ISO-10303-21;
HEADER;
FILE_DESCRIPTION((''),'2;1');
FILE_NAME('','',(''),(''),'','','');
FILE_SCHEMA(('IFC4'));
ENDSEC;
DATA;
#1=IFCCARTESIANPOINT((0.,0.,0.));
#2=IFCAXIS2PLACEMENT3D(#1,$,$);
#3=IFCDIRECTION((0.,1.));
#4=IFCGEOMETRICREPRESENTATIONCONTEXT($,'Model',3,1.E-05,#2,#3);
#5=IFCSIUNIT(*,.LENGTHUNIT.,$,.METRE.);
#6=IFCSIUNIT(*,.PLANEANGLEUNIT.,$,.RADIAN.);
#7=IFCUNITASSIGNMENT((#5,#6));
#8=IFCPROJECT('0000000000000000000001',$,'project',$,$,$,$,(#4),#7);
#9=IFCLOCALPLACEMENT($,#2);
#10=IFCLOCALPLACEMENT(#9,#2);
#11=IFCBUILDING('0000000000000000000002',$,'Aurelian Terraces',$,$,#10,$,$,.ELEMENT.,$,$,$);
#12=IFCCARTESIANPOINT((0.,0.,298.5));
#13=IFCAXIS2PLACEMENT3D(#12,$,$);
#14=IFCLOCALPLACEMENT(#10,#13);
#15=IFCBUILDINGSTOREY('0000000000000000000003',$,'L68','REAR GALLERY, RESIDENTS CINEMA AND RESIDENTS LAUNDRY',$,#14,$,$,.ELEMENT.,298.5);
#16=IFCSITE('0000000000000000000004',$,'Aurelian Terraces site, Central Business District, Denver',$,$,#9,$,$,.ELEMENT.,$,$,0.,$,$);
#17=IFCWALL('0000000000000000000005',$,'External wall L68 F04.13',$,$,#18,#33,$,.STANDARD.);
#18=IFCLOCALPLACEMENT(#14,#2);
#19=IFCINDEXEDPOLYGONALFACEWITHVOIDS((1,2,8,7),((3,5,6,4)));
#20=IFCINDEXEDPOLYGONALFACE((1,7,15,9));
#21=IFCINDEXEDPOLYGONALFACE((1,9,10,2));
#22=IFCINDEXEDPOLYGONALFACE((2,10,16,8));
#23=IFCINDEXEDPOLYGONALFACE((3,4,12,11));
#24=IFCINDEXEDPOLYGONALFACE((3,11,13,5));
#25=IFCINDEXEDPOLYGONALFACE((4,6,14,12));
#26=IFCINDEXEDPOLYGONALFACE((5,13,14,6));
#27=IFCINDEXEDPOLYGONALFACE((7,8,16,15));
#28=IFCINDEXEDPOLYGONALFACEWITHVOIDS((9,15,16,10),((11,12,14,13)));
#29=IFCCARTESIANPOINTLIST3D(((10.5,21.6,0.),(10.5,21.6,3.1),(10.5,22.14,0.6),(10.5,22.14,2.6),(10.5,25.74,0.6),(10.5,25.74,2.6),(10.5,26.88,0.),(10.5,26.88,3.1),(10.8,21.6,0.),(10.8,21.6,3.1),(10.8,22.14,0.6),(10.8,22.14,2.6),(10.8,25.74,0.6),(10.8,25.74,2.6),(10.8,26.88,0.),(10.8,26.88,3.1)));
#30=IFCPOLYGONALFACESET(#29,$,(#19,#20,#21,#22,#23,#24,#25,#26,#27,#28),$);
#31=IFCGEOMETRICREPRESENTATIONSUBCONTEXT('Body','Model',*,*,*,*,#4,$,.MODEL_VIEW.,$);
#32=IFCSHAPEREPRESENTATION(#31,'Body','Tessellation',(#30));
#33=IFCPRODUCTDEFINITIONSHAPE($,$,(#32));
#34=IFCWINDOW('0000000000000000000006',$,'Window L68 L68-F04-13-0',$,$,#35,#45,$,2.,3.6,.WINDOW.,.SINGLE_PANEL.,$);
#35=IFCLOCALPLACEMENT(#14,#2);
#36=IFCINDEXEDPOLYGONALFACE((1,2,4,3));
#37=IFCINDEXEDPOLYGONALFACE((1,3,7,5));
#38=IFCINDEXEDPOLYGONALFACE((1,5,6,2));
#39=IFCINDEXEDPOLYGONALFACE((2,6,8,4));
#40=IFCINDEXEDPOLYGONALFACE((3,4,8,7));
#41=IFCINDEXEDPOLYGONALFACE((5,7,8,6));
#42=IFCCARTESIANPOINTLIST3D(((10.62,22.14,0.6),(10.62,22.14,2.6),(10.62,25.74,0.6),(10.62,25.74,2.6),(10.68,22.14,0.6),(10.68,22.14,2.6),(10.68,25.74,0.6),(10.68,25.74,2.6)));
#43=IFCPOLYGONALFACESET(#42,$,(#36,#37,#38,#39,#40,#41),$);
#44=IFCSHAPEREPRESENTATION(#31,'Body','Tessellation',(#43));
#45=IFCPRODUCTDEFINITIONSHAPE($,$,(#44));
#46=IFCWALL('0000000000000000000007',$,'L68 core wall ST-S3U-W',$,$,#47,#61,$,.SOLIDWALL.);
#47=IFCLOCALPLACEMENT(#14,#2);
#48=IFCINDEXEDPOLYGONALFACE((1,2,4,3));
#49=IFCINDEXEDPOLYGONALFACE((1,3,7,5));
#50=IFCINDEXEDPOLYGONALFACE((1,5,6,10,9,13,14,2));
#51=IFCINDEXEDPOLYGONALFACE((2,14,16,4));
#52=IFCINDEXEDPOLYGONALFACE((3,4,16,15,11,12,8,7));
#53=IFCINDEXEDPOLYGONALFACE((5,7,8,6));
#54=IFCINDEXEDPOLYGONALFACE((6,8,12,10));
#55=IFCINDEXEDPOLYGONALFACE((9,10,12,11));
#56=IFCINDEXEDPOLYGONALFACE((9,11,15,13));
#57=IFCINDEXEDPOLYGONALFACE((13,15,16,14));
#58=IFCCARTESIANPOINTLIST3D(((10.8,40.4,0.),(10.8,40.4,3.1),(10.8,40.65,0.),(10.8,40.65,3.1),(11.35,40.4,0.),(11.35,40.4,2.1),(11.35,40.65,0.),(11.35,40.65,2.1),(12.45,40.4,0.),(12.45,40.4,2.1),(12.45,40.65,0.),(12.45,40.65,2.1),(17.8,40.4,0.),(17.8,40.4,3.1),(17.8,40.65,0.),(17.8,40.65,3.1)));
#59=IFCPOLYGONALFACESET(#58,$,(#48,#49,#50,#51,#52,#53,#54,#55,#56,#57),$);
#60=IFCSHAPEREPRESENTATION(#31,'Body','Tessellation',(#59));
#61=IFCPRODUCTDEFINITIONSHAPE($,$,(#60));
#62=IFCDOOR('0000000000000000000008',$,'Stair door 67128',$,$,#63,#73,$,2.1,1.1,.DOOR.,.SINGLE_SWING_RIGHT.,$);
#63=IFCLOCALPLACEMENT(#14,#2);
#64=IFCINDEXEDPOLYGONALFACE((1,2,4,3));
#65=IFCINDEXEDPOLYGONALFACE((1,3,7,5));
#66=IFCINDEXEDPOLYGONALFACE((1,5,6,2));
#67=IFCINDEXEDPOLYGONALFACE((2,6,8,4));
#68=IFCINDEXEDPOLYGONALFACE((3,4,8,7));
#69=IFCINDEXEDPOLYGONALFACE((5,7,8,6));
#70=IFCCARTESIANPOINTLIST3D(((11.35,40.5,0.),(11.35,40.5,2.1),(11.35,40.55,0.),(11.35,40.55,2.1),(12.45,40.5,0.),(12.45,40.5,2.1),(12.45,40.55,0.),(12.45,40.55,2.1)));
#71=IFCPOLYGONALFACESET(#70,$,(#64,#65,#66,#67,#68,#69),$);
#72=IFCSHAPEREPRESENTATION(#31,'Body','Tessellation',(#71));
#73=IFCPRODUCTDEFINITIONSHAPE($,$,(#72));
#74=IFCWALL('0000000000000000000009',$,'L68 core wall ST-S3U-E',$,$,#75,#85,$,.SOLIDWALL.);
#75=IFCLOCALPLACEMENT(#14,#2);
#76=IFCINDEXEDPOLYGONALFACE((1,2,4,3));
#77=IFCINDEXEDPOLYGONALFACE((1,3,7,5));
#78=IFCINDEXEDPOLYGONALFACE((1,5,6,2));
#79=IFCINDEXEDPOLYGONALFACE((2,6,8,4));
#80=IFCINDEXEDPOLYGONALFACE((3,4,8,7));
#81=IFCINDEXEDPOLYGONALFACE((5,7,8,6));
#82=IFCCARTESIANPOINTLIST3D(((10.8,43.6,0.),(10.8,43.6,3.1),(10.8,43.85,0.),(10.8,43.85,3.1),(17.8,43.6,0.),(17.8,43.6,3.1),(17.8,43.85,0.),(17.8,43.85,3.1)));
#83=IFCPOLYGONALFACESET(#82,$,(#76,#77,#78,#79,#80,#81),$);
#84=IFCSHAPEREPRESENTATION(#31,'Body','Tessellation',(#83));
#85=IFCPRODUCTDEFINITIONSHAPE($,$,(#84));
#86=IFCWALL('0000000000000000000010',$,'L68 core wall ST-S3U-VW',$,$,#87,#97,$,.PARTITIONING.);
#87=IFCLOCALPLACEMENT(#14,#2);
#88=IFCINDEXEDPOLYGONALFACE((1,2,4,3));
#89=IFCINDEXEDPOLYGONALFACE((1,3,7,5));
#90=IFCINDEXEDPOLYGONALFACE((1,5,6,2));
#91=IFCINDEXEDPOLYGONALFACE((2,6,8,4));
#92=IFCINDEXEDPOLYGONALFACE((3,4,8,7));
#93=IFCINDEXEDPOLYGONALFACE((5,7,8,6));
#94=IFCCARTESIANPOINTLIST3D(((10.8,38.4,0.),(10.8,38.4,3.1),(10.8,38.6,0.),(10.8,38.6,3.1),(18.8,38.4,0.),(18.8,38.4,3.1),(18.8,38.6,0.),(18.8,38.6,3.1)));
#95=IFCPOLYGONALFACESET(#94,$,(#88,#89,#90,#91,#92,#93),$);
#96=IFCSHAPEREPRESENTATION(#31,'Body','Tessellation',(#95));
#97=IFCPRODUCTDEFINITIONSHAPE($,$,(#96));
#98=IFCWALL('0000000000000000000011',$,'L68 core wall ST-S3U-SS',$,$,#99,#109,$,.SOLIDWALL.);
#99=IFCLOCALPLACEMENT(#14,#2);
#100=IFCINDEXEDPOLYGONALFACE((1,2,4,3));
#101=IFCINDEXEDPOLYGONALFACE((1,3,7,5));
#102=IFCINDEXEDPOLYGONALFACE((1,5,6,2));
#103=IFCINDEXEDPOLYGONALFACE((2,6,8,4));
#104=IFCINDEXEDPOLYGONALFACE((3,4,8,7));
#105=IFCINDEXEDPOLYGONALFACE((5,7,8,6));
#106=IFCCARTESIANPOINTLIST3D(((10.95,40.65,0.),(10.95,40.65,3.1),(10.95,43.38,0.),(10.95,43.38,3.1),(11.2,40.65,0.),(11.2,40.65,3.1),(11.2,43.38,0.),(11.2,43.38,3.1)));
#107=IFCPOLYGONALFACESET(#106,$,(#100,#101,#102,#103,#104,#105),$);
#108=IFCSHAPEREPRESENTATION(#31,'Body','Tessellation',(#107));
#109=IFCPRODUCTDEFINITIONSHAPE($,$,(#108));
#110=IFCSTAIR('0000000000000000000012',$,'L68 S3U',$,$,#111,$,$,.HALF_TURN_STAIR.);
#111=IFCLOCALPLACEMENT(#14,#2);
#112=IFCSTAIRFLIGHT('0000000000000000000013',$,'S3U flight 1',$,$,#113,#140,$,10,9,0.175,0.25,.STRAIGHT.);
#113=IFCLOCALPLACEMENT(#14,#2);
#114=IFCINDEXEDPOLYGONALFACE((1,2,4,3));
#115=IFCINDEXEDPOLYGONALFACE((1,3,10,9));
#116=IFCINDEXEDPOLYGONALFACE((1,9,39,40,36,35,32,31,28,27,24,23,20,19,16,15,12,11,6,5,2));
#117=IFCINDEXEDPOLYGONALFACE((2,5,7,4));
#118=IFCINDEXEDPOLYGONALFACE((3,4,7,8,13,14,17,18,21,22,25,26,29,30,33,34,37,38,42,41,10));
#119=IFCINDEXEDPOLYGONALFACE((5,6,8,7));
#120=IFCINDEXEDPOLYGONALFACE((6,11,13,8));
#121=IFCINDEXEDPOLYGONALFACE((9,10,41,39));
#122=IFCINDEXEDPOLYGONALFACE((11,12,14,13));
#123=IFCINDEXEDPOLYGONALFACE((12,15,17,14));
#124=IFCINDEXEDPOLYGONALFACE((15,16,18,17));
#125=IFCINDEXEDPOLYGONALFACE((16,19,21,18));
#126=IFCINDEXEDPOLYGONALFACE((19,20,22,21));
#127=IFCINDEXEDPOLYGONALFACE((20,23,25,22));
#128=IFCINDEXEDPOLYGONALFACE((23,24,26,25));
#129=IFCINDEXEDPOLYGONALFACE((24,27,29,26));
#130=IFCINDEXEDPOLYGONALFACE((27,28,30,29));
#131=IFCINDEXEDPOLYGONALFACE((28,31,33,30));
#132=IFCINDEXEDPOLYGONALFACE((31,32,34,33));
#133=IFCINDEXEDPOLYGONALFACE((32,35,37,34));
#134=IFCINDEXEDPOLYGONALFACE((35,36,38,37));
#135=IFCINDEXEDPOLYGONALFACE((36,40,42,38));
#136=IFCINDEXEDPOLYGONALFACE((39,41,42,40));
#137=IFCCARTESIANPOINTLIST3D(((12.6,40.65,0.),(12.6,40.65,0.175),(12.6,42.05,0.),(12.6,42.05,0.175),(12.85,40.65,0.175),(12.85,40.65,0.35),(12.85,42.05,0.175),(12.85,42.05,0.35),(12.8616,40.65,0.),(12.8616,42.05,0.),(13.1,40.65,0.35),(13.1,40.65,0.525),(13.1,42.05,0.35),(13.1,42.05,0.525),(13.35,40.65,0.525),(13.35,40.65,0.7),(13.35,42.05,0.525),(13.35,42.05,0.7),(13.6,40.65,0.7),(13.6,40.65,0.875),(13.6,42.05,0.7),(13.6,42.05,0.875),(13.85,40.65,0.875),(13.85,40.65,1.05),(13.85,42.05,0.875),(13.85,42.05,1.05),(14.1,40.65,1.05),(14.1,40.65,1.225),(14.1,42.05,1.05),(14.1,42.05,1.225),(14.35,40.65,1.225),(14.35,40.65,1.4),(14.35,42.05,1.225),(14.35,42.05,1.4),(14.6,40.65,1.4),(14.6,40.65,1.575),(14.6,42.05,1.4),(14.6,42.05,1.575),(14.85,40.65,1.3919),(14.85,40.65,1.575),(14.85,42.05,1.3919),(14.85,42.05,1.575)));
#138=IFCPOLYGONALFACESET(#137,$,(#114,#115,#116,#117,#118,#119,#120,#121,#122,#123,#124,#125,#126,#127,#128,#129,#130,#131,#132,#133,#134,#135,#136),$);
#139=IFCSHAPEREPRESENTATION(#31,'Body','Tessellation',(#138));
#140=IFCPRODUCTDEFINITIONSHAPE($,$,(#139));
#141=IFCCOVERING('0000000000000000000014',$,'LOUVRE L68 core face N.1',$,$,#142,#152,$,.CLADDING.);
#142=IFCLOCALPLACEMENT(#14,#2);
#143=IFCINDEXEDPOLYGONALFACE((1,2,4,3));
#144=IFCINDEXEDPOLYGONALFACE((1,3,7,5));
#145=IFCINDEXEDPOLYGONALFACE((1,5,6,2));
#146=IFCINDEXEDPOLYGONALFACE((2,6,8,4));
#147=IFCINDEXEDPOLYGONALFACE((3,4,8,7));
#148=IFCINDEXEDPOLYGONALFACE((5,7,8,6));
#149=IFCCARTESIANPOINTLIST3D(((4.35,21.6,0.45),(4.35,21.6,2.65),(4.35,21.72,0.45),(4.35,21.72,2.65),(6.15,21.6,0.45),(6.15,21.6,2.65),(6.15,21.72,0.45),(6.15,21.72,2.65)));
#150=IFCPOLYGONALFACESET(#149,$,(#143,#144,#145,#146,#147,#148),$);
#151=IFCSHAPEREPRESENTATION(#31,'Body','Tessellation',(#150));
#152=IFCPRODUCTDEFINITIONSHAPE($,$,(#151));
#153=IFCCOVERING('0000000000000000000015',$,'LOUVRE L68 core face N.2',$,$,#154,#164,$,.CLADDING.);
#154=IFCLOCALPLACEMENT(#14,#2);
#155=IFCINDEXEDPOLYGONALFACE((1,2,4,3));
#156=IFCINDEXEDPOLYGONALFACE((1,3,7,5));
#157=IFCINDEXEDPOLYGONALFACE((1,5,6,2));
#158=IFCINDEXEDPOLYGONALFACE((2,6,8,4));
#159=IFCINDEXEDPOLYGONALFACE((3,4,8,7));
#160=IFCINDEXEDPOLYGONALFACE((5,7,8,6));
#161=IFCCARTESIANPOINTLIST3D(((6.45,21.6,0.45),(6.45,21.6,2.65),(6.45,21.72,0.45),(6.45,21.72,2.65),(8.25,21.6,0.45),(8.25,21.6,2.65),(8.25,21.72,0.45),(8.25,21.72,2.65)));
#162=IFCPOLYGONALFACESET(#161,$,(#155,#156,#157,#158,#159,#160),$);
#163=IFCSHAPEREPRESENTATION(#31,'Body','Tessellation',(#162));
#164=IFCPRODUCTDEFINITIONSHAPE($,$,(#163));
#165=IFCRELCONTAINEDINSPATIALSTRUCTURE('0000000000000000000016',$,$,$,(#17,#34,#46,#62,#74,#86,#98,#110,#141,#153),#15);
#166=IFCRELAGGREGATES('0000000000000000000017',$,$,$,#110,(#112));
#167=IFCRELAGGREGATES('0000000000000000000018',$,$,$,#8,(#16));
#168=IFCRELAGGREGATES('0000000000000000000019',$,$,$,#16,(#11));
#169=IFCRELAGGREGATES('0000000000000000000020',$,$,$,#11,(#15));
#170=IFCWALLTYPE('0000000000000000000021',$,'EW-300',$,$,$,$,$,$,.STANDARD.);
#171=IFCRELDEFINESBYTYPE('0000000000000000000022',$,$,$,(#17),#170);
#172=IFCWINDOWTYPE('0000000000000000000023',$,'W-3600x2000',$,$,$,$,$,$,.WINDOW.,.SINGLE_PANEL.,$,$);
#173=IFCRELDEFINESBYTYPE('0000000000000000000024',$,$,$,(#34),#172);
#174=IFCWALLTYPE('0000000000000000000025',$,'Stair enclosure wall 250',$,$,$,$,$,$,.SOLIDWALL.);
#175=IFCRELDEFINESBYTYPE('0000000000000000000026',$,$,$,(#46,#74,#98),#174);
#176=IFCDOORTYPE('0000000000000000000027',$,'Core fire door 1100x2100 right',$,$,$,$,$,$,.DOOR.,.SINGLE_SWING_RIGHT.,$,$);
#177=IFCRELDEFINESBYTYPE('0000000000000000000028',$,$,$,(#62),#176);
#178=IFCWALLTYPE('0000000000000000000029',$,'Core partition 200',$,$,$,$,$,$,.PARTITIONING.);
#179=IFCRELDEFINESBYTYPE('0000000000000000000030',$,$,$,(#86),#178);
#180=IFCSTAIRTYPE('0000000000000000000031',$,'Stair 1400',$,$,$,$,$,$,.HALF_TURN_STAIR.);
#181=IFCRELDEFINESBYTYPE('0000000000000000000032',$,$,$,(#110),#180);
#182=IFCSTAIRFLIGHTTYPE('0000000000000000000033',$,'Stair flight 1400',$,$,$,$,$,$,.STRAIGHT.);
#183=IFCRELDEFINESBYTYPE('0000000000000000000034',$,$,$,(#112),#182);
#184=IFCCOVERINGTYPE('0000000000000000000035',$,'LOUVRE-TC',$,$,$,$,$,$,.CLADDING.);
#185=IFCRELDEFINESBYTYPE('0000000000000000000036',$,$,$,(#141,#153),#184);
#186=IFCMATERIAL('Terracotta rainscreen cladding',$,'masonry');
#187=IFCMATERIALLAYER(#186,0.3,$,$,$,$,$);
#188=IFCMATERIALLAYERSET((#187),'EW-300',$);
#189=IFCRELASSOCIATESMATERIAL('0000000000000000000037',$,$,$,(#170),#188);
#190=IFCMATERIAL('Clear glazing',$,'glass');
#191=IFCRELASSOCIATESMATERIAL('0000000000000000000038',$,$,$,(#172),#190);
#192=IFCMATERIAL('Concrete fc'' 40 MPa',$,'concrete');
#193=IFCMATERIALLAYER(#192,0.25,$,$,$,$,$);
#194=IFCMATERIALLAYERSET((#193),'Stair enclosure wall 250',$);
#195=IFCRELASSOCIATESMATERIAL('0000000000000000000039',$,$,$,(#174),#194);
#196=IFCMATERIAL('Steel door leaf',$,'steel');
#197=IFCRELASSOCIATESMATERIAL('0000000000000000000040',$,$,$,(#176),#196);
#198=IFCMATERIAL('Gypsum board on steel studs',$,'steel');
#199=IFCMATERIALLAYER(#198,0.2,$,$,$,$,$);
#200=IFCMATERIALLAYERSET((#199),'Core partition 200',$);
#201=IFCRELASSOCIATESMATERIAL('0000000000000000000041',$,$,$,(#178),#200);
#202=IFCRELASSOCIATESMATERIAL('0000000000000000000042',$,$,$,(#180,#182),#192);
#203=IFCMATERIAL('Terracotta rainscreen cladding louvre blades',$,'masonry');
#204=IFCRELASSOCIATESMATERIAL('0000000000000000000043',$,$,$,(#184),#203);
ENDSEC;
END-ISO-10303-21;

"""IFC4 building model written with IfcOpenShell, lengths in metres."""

from ifc_helpers import new_model, si_unit, direction, frame, frame_2d, origin, origin_2d, place, context, subcontext, project, spatial, polyline, rectangle, outline, extrude, source, transform, mapped, material, layer, layer_set, type_object, element, fill, aggregate, save


model = new_model("IFC4")

# Units and contexts
model_context = context("Model", 3, precision=1e-05, world=origin(), true_north=direction((0.0, 1.0)))
body_context = subcontext(model_context, "Body", "Model", "MODEL_VIEW")
ifc_project = project(units=[si_unit("LENGTHUNIT", "METRE"), si_unit("PLANEANGLEUNIT", "RADIAN")], contexts=[model_context])

# Site, building, storey
site_placement = place(None, origin())
site = spatial("IfcSite", under=ifc_project, at=site_placement, Name="Aurelian Terraces site, Central Business District, Denver", CompositionType="ELEMENT", RefElevation=0.0)
building_placement = place(site_placement, origin())
building = spatial("IfcBuilding", under=site, at=building_placement, Name="Aurelian Terraces", CompositionType="ELEMENT")
storey_placement = place(building_placement, frame((0.0, 0.0, 298.5)))
storey = spatial("IfcBuildingStorey", under=building, at=storey_placement, Name="L68", Description="REAR GALLERY, RESIDENTS CINEMA AND RESIDENTS LAUNDRY", CompositionType="ELEMENT", Elevation=298.5)

# Shared definitions
ifc_material_1 = material(Name="Steel door leaf", Category="steel")

# Shared definitions
ifc_material_2 = material(Name="Concrete fc' 40 MPa", Category="concrete")

# Shared definitions
ifc_material_3 = material(Name="Terracotta rainscreen cladding", Category="masonry")
ifc_layer_1 = layer(ifc_material_3, 0.3)
ifc_layer_set_1 = layer_set([ifc_layer_1], Name="EW-300")
wall_type_1 = type_object("IfcWallType", Name="EW-300", PredefinedType="STANDARD", material=ifc_layer_set_1)
ifc_material_4 = material(Name="Clear glazing", Category="glass")

# Wall, opening, window
shared_shape_1 = source(origin(), body_context, "Body", "SweptSolid", [
    extrude(rectangle(XDim=5.28, YDim=0.3, at=frame_2d((2.64, 0.0))), origin(), (0.0, 0.0, 1.0), 3.1),
])
wall_1_placement = place(storey_placement, frame((10.65, 26.88, 0.0), z_axis=(0.0, 0.0, 1.0), x_axis=(0.0, -1.0, 0.0)))
wall_1 = element("IfcWall", 1, at=wall_1_placement, inside=storey, type_object=wall_type_1, Name="External wall L68 F04.13", PredefinedType="STANDARD", context=body_context, shape_type="MappedRepresentation", body=[
    mapped(shared_shape_1, transform((0.0, 0.0, 0.0), scale=1.0)),
])
shared_shape_2 = source(origin(), body_context, "Body", "SweptSolid", [
    extrude(rectangle(XDim=3.6, YDim=2.0, at=frame_2d((1.8, 1.0))), frame((0.0, 0.16, 0.0), z_axis=(0.0, -1.0, 0.0), x_axis=(1.0, 0.0, 0.0)), (0.0, 0.0, 1.0), 0.32),
])
opening_1_placement = place(wall_1_placement, frame((1.14, 0.0, 0.6)))
opening_1 = element("IfcOpeningElement", 2, at=opening_1_placement, cuts=wall_1, PredefinedType="OPENING", context=body_context, shape_type="MappedRepresentation", body=[
    mapped(shared_shape_2, transform((0.0, 0.0, 0.0), scale=1.0)),
])
window_type_1 = type_object("IfcWindowType", Name="W-3600x2000", PartitioningType="SINGLE_PANEL", PredefinedType="WINDOW", material=ifc_material_4)
shared_shape_3 = source(origin(), body_context, "Body", "SweptSolid", [
    extrude(rectangle(XDim=3.6, YDim=2.0, at=frame_2d((1.8, 1.0))), frame((0.0, 0.03, 0.0), z_axis=(0.0, -1.0, 0.0), x_axis=(1.0, 0.0, 0.0)), (0.0, 0.0, 1.0), 0.06),
])
window_1_placement = place(opening_1_placement, origin())
window_1 = element("IfcWindow", 3, at=window_1_placement, inside=storey, type_object=window_type_1, Name="Window L68 L68-F04-13-0", OverallHeight=2.0, OverallWidth=3.6, PartitioningType="SINGLE_PANEL", PredefinedType="WINDOW", context=body_context, shape_type="MappedRepresentation", body=[
    mapped(shared_shape_3, transform((0.0, 0.0, 0.0), scale=1.0)),
])
fill(opening_1, window_1)

# Wall, opening, door
ifc_layer_2 = layer(ifc_material_2, 0.25)
ifc_layer_set_2 = layer_set([ifc_layer_2], Name="Stair enclosure wall 250")
wall_type_2 = type_object("IfcWallType", Name="Stair enclosure wall 250", PredefinedType="SOLIDWALL", material=ifc_layer_set_2)
shared_shape_4 = source(origin(), body_context, "Body", "SweptSolid", [
    extrude(rectangle(XDim=7.0, YDim=0.25, at=frame_2d((3.5, 0.0))), origin(), (0.0, 0.0, 1.0), 3.1),
])
wall_2_placement = place(storey_placement, frame((10.8, 40.525, 0.0), z_axis=(0.0, 0.0, 1.0), x_axis=(1.0, 0.0, 0.0)))
wall_2 = element("IfcWall", 4, at=wall_2_placement, inside=storey, type_object=wall_type_2, Name="L68 core wall ST-S3U-W", PredefinedType="SOLIDWALL", context=body_context, shape_type="MappedRepresentation", body=[
    mapped(shared_shape_4, transform((0.0, 0.0, 0.0), scale=1.0)),
])
shared_shape_5 = source(origin(), body_context, "Body", "SweptSolid", [
    extrude(rectangle(XDim=1.1, YDim=2.1, at=frame_2d((0.55, 1.05))), frame((0.0, 0.135, 0.0), z_axis=(0.0, -1.0, 0.0), x_axis=(1.0, 0.0, 0.0)), (0.0, 0.0, 1.0), 0.27),
])
opening_2_placement = place(wall_2_placement, frame((0.55, 0.0, 0.0)))
opening_2 = element("IfcOpeningElement", 5, at=opening_2_placement, cuts=wall_2, PredefinedType="OPENING", context=body_context, shape_type="MappedRepresentation", body=[
    mapped(shared_shape_5, transform((0.0, 0.0, 0.0), scale=1.0)),
])
door_type_1 = type_object("IfcDoorType", Name="Core fire door 1100x2100 right", OperationType="SINGLE_SWING_RIGHT", PredefinedType="DOOR", material=ifc_material_1)
shared_shape_6 = source(origin(), body_context, "Body", "SweptSolid", [
    extrude(rectangle(XDim=1.1, YDim=2.1, at=frame_2d((0.55, 1.05))), frame((0.0, 0.025, 0.0), z_axis=(0.0, -1.0, 0.0), x_axis=(1.0, 0.0, 0.0)), (0.0, 0.0, 1.0), 0.05),
])
door_1_placement = place(opening_2_placement, origin())
door_1 = element("IfcDoor", 6, at=door_1_placement, inside=storey, type_object=door_type_1, Name="Stair door 67128", OperationType="SINGLE_SWING_RIGHT", OverallHeight=2.1, OverallWidth=1.1, PredefinedType="DOOR", context=body_context, shape_type="MappedRepresentation", body=[
    mapped(shared_shape_6, transform((0.0, 0.0, 0.0), scale=1.0)),
])
fill(opening_2, door_1)

# Walls
wall_3_placement = place(storey_placement, frame((10.8, 43.725, 0.0), z_axis=(0.0, 0.0, 1.0), x_axis=(1.0, 0.0, 0.0)))
element("IfcWall", 7, at=wall_3_placement, inside=storey, type_object=wall_type_2, Name="L68 core wall ST-S3U-E", PredefinedType="SOLIDWALL", context=body_context, shape_type="MappedRepresentation", body=[
    mapped(shared_shape_4, transform((0.0, 0.0, 0.0), scale=1.0)),
])
ifc_material_5 = material(Name="Gypsum board on steel studs", Category="steel")
ifc_layer_3 = layer(ifc_material_5, 0.2)
ifc_layer_set_3 = layer_set([ifc_layer_3], Name="Core partition 200")
wall_type_3 = type_object("IfcWallType", Name="Core partition 200", PredefinedType="PARTITIONING", material=ifc_layer_set_3)
shared_shape_7 = source(origin(), body_context, "Body", "SweptSolid", [
    extrude(rectangle(XDim=8.0, YDim=0.2, at=frame_2d((4.0, 0.0))), origin(), (0.0, 0.0, 1.0), 3.1),
])
wall_4_placement = place(storey_placement, frame((10.8, 38.5, 0.0), z_axis=(0.0, 0.0, 1.0), x_axis=(1.0, 0.0, 0.0)))
element("IfcWall", 8, at=wall_4_placement, inside=storey, type_object=wall_type_3, Name="L68 core wall ST-S3U-VW", PredefinedType="PARTITIONING", context=body_context, shape_type="MappedRepresentation", body=[
    mapped(shared_shape_7, transform((0.0, 0.0, 0.0), scale=1.0)),
])
shared_shape_8 = source(origin(), body_context, "Body", "SweptSolid", [
    extrude(rectangle(XDim=2.73, YDim=0.25, at=frame_2d((1.365, 0.0))), origin(), (0.0, 0.0, 1.0), 3.1),
])
wall_5_placement = place(storey_placement, frame((11.075, 40.65, 0.0), z_axis=(0.0, 0.0, 1.0), x_axis=(0.0, 1.0, 0.0)))
element("IfcWall", 9, at=wall_5_placement, inside=storey, type_object=wall_type_2, Name="L68 core wall ST-S3U-SS", PredefinedType="SOLIDWALL", context=body_context, shape_type="MappedRepresentation", body=[
    mapped(shared_shape_8, transform((0.0, 0.0, 0.0), scale=1.0)),
])

# Stair, stair flight
stair_type = type_object("IfcStairType", Name="Stair 1400", PredefinedType="HALF_TURN_STAIR", material=ifc_material_2)
stair_placement = place(storey_placement, origin())
stair = element("IfcStair", 10, at=stair_placement, inside=storey, type_object=stair_type, Name="L68 S3U", PredefinedType="HALF_TURN_STAIR")
stair_flight_type = type_object("IfcStairFlightType", Name="Stair flight 1400", PredefinedType="STRAIGHT", material=ifc_material_2)
shared_shape_9 = source(origin(), body_context, "Body", "SweptSolid", [
    extrude(outline(polyline([(0.0, 0.0), (0.0, 0.175), (0.25, 0.175), (0.25, 0.35), (0.5, 0.35), (0.5, 0.525), (0.75, 0.525), (0.75, 0.7), (1.0, 0.7), (1.0, 0.875), (1.25, 0.875), (1.25, 1.05), (1.5, 1.05), (1.5, 1.225), (1.75, 1.225), (1.75, 1.4), (2.0, 1.4), (2.0, 1.575), (2.25, 1.575), (2.25, 1.75), (2.25, 1.3919), (0.2616, 0.0), (0.0, 0.0)])), frame((0.0, 0.7, 0.0), z_axis=(0.0, -1.0, 0.0), x_axis=(1.0, 0.0, 0.0)), (0.0, 0.0, 1.0), 1.4),
])
stair_flight_placement = place(storey_placement, frame((12.6, 41.35, 0.0), z_axis=(0.0, 0.0, 1.0), x_axis=(1.0, 0.0, 0.0)))
stair_flight = element("IfcStairFlight", 11, at=stair_flight_placement, type_object=stair_flight_type, Name="S3U flight 1", NumberOfRisers=10, NumberOfTreads=9, PredefinedType="STRAIGHT", RiserHeight=0.175, TreadLength=0.25, context=body_context, shape_type="MappedRepresentation", body=[
    mapped(shared_shape_9, transform((0.0, 0.0, 0.0), scale=1.0)),
])
aggregate(stair, [stair_flight])

# Coverings
ifc_material_6 = material(Name="Terracotta rainscreen cladding louvre blades", Category="masonry")
covering_type_1 = type_object("IfcCoveringType", Name="LOUVRE-TC", PredefinedType="CLADDING", material=ifc_material_6)
shared_shape_10 = source(origin(), body_context, "Body", "SweptSolid", [
    extrude(rectangle(XDim=1.8, YDim=0.12, at=origin_2d()), origin(), (0.0, 0.0, 1.0), 2.2),
])
for number, where, z_axis, x_axis, name in (
    (12, (5.25, 21.66, 0.45), (0.0, 0.0, 1.0), (1.0, 0.0, 0.0), "LOUVRE L68 core face N.1"),
    (13, (7.35, 21.66, 0.45), (0.0, 0.0, 1.0), (1.0, 0.0, 0.0), "LOUVRE L68 core face N.2"),
):
    element("IfcCovering", number, at=place(storey_placement, frame(where, z_axis=z_axis, x_axis=x_axis)), inside=storey, type_object=covering_type_1, Name=name, PredefinedType="CLADDING", context=body_context, shape_type="MappedRepresentation", body=[
        mapped(shared_shape_10, transform((0.0, 0.0, 0.0), scale=1.0)),
    ])

save(model, "model.ifc")
